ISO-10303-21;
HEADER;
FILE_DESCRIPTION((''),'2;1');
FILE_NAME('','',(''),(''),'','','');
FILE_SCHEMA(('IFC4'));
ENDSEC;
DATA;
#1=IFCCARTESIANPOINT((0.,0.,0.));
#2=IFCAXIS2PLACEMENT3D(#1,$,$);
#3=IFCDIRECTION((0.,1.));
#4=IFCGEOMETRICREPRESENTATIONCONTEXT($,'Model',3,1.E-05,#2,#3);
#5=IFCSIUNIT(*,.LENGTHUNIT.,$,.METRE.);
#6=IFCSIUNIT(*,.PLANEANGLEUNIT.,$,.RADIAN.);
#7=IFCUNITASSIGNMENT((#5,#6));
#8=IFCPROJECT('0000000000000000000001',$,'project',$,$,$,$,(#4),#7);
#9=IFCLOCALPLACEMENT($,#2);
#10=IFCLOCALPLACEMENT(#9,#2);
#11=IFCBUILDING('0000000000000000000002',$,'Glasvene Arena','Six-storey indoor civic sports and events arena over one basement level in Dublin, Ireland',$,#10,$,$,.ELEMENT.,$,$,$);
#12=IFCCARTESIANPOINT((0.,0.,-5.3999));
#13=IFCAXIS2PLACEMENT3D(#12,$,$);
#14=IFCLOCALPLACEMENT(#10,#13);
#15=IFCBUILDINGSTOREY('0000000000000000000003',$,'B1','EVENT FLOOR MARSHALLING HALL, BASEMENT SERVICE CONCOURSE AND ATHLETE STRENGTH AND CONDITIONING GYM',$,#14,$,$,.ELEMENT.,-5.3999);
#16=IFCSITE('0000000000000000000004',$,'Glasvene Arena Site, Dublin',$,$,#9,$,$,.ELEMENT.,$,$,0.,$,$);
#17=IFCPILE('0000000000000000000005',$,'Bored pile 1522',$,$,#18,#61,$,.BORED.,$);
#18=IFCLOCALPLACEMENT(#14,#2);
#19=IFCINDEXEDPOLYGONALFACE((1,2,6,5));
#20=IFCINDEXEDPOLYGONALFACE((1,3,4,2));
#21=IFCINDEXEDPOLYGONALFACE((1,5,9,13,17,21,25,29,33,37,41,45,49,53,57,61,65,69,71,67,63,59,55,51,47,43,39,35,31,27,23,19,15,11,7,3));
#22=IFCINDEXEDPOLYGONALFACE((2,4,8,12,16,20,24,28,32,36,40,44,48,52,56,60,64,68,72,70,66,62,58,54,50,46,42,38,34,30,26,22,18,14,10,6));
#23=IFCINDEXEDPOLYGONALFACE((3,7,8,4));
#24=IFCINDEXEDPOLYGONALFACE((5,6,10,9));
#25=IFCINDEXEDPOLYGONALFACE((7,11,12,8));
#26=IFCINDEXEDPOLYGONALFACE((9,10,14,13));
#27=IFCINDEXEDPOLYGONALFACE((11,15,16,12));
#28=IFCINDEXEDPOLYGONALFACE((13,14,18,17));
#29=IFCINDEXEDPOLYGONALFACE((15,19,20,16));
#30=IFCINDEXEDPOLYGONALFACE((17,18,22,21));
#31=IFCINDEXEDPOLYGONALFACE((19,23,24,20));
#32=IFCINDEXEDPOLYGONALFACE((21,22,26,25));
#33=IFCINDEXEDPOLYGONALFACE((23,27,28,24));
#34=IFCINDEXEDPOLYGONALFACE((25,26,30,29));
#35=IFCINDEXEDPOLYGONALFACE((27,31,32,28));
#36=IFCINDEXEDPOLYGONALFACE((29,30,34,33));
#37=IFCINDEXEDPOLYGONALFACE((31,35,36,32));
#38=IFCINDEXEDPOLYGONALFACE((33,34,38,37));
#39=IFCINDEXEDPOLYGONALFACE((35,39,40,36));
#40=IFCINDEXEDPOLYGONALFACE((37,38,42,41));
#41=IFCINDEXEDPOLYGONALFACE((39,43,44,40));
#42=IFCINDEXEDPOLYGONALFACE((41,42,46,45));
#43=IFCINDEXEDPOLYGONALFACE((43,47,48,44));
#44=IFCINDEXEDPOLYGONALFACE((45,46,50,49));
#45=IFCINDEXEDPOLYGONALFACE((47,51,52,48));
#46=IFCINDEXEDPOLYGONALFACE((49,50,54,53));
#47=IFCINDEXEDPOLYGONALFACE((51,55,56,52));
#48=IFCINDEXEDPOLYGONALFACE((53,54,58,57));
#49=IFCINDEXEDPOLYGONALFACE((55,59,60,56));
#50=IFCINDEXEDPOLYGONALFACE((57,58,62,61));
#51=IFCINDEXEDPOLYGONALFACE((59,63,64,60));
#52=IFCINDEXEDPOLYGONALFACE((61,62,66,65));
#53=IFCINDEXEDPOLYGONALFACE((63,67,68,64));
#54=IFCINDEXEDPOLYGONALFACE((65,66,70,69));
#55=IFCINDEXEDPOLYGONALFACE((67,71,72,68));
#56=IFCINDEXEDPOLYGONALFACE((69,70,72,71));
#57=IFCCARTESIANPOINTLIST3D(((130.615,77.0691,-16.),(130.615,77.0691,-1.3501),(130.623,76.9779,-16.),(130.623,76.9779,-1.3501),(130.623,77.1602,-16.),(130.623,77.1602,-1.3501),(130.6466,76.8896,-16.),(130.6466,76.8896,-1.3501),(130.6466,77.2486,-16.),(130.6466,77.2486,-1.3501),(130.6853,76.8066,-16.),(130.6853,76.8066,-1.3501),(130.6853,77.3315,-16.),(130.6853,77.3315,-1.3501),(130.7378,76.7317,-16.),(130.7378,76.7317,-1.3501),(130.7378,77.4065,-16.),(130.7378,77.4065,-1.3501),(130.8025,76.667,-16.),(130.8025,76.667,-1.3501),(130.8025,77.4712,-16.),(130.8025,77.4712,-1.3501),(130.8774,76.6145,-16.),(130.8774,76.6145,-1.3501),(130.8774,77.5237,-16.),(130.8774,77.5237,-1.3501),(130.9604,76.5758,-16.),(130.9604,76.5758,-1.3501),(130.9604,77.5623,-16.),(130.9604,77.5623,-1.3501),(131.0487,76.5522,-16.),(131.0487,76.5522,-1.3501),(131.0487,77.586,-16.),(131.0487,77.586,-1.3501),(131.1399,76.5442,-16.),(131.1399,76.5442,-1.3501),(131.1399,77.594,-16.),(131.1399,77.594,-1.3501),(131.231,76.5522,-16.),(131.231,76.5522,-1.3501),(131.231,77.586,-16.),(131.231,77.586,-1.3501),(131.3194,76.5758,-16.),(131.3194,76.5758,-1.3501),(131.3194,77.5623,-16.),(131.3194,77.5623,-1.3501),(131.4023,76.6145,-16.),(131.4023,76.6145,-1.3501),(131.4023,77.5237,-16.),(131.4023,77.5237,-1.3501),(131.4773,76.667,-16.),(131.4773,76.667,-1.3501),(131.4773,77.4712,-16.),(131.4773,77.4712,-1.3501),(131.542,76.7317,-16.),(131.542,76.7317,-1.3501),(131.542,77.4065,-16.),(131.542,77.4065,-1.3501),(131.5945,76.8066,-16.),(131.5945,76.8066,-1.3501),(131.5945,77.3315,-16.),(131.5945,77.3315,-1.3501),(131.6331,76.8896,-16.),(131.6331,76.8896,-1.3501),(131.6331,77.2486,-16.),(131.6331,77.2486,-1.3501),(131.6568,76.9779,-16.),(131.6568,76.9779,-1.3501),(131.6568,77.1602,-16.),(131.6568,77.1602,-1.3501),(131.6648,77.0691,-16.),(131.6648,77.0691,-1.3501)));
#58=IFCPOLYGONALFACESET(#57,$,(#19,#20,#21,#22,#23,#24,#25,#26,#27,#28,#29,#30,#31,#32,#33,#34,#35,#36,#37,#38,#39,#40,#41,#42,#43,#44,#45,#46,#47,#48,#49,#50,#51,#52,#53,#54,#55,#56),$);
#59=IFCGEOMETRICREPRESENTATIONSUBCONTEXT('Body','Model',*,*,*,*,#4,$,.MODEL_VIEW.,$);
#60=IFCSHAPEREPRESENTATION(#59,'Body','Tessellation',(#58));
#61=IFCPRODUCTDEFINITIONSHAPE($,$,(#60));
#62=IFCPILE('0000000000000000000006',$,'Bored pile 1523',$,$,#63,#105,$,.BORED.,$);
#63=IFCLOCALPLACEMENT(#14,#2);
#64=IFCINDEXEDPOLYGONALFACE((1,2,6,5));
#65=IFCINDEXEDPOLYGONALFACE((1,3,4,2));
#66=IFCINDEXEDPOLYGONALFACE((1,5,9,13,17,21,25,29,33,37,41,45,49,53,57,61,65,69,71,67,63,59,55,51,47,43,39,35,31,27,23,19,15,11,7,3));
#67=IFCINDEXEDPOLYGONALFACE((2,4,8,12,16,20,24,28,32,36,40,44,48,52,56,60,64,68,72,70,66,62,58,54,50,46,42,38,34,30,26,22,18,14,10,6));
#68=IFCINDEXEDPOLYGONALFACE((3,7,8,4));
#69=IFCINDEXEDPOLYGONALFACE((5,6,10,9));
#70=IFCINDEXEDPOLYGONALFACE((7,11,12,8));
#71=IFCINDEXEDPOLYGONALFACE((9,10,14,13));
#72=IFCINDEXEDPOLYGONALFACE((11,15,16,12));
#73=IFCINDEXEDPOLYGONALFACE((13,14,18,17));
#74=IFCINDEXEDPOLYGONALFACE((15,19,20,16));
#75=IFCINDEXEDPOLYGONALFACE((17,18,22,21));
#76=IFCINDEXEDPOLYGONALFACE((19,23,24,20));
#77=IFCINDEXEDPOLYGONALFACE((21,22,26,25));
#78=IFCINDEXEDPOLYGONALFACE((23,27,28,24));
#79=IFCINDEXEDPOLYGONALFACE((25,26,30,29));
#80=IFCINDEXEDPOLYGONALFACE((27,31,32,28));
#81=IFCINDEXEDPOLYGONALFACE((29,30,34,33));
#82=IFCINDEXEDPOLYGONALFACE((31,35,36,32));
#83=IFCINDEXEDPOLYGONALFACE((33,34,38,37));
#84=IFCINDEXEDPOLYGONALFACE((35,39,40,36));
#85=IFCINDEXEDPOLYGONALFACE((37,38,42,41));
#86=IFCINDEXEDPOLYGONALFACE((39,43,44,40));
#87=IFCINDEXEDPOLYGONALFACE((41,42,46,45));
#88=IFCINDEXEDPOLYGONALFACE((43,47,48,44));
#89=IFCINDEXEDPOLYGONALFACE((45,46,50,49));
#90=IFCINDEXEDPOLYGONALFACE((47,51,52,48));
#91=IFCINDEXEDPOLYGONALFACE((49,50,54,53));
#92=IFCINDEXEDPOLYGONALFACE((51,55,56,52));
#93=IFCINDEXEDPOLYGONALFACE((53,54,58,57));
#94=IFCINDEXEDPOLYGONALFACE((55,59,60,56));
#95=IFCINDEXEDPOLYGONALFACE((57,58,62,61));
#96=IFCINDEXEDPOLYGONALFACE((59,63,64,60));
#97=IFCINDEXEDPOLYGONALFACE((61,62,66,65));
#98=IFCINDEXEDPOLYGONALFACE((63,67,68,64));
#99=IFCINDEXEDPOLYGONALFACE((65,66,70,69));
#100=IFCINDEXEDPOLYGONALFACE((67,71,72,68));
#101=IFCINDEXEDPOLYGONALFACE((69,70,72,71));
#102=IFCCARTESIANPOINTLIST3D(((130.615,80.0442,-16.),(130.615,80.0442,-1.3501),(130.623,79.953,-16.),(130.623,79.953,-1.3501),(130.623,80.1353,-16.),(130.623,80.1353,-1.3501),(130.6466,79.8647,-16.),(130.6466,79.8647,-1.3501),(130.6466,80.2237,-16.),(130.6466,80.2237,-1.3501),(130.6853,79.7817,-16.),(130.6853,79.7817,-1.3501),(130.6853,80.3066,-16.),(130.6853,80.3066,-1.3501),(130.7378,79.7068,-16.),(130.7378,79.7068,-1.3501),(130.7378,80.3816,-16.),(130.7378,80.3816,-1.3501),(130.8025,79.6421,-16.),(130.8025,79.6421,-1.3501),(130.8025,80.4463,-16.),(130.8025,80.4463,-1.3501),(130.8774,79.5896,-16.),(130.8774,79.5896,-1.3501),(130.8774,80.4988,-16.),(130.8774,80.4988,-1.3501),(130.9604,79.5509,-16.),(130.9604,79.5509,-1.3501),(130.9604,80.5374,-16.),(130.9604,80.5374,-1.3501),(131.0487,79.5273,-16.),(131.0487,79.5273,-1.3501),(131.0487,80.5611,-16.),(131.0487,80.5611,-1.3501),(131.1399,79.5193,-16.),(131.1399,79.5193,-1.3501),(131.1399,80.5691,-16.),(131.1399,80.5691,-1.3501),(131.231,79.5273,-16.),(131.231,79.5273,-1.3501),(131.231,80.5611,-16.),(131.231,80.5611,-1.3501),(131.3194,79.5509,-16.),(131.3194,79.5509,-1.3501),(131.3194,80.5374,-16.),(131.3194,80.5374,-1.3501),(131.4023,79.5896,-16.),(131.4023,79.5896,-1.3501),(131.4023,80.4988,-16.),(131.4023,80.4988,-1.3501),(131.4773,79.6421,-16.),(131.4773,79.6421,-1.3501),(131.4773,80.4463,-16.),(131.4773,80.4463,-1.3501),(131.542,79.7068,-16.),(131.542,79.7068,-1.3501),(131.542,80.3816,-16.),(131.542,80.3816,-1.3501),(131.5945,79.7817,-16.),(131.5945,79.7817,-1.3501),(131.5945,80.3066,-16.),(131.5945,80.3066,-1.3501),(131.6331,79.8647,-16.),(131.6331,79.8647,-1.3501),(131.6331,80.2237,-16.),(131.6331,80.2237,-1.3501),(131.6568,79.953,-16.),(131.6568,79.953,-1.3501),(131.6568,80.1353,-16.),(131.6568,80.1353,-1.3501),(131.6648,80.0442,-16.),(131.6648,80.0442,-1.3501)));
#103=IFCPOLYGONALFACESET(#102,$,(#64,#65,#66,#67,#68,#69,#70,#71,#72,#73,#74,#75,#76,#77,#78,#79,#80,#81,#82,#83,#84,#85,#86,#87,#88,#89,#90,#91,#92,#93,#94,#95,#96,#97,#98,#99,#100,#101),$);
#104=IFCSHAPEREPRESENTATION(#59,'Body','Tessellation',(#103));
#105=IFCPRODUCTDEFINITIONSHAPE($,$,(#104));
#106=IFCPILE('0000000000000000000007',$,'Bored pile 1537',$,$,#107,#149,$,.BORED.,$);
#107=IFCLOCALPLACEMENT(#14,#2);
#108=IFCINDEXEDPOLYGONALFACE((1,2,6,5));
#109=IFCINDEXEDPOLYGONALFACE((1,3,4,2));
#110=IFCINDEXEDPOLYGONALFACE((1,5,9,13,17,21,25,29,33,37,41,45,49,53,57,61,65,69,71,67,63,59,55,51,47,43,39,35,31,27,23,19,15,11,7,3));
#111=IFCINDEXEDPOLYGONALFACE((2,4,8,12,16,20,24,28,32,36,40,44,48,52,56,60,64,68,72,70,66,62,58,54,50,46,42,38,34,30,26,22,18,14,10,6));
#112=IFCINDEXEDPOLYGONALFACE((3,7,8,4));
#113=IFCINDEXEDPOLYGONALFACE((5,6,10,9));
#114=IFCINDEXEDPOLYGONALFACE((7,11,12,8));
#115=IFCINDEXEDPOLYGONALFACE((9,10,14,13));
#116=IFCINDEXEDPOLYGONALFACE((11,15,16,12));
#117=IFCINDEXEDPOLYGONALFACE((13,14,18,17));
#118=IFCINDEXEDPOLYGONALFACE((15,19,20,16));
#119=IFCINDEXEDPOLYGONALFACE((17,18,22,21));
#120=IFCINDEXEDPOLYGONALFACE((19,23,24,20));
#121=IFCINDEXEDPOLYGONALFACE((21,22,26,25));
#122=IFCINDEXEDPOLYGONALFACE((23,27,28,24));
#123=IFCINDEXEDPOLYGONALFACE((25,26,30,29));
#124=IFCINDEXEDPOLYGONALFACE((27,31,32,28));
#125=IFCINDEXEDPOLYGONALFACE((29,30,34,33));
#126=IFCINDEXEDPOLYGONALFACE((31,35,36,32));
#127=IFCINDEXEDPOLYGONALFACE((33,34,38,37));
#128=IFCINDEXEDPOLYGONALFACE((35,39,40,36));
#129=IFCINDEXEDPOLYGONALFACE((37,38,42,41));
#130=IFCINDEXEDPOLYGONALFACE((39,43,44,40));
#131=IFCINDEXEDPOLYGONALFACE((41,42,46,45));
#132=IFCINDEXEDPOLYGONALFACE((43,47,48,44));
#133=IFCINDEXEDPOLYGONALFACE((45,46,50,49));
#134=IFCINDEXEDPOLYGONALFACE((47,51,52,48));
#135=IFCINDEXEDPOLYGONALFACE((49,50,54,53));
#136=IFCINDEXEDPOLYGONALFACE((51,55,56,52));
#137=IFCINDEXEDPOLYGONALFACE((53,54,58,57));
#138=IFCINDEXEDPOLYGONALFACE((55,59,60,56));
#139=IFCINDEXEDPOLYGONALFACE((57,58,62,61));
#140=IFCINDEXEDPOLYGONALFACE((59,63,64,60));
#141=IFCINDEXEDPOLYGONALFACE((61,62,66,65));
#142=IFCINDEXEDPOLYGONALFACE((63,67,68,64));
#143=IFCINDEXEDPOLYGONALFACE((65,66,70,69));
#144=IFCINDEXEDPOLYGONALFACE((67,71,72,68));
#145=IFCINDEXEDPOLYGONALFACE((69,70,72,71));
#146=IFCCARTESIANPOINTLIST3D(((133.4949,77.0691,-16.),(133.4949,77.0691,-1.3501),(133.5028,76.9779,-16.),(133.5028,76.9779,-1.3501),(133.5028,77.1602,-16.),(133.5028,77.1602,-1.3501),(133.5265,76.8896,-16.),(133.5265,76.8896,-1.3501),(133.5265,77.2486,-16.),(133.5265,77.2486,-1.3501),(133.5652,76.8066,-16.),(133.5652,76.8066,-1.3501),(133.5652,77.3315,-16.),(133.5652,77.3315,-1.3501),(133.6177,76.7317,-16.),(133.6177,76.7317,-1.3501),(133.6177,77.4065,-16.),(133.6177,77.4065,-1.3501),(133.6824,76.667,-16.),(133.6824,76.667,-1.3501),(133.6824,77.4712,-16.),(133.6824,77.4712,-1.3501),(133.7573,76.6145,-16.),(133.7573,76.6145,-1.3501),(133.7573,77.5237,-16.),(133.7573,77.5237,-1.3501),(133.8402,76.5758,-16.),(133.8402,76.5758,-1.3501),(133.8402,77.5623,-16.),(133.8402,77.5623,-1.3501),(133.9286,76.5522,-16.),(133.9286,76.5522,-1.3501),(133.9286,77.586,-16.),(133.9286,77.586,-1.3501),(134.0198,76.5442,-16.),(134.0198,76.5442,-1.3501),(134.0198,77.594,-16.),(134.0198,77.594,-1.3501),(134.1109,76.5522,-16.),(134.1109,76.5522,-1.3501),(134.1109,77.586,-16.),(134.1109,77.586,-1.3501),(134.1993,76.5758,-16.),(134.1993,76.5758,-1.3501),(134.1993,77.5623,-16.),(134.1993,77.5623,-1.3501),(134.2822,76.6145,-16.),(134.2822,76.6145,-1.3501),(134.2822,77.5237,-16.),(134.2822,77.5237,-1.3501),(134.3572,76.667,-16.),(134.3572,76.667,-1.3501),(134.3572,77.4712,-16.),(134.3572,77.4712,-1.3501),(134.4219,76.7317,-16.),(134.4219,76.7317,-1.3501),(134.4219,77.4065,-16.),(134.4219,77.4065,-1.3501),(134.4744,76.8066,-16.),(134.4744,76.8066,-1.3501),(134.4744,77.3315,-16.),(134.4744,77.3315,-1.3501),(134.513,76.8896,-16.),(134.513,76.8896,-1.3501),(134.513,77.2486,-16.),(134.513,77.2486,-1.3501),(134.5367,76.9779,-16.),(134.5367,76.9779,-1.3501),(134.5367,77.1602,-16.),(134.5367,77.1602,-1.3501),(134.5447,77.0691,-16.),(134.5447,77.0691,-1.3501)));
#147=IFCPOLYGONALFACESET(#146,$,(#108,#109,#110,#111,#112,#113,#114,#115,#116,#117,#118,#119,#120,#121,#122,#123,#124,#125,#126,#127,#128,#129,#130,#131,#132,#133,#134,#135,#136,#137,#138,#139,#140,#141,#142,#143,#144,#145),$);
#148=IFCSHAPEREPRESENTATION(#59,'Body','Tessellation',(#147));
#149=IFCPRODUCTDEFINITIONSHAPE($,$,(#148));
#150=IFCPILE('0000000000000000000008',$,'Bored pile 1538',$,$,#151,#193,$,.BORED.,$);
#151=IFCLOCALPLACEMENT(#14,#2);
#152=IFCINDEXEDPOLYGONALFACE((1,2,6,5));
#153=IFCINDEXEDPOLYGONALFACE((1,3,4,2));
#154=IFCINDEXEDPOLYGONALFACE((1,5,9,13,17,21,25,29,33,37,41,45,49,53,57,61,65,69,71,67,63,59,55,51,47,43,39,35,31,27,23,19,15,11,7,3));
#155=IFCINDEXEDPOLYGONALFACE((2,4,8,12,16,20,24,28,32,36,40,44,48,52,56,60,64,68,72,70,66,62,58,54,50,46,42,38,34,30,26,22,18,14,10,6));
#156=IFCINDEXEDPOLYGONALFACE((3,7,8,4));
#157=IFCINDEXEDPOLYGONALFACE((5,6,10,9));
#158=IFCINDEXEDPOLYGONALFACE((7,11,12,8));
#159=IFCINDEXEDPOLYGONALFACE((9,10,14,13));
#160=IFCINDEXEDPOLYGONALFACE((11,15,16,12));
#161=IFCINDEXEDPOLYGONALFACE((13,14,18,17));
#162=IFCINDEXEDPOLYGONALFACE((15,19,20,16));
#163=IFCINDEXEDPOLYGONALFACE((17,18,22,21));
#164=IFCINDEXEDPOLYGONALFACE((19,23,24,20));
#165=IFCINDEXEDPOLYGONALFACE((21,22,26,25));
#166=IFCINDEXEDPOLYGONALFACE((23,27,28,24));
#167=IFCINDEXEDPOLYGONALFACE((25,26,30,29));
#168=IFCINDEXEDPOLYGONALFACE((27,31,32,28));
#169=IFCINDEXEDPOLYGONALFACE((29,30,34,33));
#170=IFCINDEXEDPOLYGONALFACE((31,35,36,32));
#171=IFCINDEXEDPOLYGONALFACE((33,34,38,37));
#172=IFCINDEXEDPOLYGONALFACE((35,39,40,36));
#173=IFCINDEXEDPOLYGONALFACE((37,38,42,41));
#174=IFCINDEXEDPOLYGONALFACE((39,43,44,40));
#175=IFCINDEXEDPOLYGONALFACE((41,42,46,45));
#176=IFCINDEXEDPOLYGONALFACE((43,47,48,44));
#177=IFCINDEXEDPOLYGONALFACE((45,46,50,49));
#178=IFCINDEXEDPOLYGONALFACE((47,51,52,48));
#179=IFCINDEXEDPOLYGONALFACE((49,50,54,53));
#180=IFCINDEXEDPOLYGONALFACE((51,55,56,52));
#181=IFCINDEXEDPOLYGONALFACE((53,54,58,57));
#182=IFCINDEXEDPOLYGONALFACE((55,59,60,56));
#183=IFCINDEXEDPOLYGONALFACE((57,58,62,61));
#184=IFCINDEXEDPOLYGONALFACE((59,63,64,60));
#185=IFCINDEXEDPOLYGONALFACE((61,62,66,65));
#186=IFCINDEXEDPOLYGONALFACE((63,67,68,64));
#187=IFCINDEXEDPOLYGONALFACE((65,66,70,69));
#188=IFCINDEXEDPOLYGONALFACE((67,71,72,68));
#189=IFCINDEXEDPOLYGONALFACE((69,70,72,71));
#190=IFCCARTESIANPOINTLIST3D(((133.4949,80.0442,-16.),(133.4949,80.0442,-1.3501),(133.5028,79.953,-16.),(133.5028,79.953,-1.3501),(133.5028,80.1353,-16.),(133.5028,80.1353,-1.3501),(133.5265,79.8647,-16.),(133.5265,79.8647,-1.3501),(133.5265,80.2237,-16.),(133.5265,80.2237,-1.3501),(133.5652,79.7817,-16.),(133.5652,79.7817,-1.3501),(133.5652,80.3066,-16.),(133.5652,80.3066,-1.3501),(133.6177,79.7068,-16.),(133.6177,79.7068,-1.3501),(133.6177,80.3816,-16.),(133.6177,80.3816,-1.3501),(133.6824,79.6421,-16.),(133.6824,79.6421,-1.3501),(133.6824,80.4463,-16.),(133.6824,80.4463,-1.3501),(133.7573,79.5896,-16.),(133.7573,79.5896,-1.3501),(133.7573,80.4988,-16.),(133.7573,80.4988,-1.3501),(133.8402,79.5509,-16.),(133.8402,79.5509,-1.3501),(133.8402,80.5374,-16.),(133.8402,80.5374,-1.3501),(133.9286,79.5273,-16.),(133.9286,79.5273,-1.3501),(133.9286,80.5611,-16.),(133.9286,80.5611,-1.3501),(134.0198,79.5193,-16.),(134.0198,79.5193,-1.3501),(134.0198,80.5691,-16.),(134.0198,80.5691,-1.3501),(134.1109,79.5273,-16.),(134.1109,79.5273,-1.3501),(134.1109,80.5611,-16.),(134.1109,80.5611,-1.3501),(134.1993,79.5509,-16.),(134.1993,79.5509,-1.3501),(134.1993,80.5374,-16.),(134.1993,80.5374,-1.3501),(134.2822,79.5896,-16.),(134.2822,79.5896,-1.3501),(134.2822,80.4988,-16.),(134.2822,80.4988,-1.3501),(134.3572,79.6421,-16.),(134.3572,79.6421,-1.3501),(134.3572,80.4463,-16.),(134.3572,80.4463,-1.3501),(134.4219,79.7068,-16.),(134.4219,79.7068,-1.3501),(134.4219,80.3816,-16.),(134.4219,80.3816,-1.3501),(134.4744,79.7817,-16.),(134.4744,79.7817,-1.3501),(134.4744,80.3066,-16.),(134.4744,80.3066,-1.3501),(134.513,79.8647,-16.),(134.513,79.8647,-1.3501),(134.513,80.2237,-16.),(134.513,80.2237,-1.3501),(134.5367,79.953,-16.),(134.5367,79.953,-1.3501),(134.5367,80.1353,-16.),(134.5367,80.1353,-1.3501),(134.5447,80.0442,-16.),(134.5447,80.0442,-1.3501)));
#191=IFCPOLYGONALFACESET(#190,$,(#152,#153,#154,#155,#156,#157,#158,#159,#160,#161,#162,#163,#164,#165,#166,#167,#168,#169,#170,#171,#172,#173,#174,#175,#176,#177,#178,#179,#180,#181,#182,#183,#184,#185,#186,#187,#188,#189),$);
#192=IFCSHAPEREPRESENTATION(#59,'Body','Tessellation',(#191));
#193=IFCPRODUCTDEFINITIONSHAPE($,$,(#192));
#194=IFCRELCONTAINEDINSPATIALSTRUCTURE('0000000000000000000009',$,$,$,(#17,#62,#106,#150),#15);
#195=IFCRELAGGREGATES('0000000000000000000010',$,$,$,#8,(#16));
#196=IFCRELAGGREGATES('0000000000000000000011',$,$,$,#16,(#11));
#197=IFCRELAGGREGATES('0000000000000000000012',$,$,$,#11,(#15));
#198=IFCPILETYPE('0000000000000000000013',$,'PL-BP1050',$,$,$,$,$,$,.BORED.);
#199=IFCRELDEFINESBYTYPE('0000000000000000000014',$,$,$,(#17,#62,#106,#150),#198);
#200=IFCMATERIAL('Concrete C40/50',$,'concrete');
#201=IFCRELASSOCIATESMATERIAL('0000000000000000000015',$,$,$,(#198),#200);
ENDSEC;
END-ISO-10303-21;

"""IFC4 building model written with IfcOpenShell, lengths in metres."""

from ifc_helpers import new_model, si_unit, direction, frame, origin, origin_2d, place, context, subcontext, project, spatial, circle, extrude, material, material_profile, profile_set, type_object, element, save


model = new_model("IFC4")

# Units and contexts
model_context = context("Model", 3, precision=1e-05, world=origin(), true_north=direction((0.0, 1.0)))
body_context = subcontext(model_context, "Body", "Model", "MODEL_VIEW")
ifc_project = project(units=[si_unit("LENGTHUNIT", "METRE"), si_unit("PLANEANGLEUNIT", "RADIAN")], contexts=[model_context])

# Site, building, storey
site_placement = place(None, origin())
site = spatial("IfcSite", under=ifc_project, at=site_placement, Name="Glasvene Arena Site, Dublin", CompositionType="ELEMENT", RefElevation=0.0)
building_placement = place(site_placement, origin())
building = spatial("IfcBuilding", under=site, at=building_placement, Name="Glasvene Arena", Description="Six-storey indoor civic sports and events arena over one basement level in Dublin, Ireland", CompositionType="ELEMENT")
storey_placement = place(building_placement, frame((0.0, 0.0, -5.3999)))
storey = spatial("IfcBuildingStorey", under=building, at=storey_placement, Name="B1", Description="EVENT FLOOR MARSHALLING HALL, BASEMENT SERVICE CONCOURSE AND ATHLETE STRENGTH AND CONDITIONING GYM", CompositionType="ELEMENT", Elevation=-5.3999)

# Piles
ifc_material_1 = material(Name="Concrete C40/50", Category="concrete")
ifc_material_profile_1 = material_profile(ifc_material_1, circle(Radius=0.5249, at=origin_2d()), Name="BORED PILE 1050")
ifc_profile_set_1 = profile_set([ifc_material_profile_1], Name="Concrete C40/50")
pile_type = type_object("IfcPileType", Name="PL-BP1050", PredefinedType="BORED", material=ifc_profile_set_1)
for number, where, z_axis, x_axis, name in (
    (1, (131.1399, 77.0691, -1.3501), (0.0, 0.0, -1.0), (1.0, 0.0, 0.0), "Bored pile 1522"),
    (2, (131.1399, 80.0442, -1.3501), (0.0, 0.0, -1.0), (1.0, 0.0, 0.0), "Bored pile 1523"),
    (3, (134.0198, 77.0691, -1.3501), (0.0, 0.0, -1.0), (1.0, 0.0, 0.0), "Bored pile 1537"),
    (4, (134.0198, 80.0442, -1.3501), (0.0, 0.0, -1.0), (1.0, 0.0, 0.0), "Bored pile 1538"),
):
    element("IfcPile", number, at=place(storey_placement, frame(where, z_axis=z_axis, x_axis=x_axis)), inside=storey, type_object=pile_type, Name=name, PredefinedType="BORED", context=body_context, shape_type="SweptSolid", body=[
        extrude(circle(Radius=0.5249, at=origin_2d()), origin(), (0.0, 0.0, 1.0), 14.6499),
    ])

save(model, "model.ifc")
